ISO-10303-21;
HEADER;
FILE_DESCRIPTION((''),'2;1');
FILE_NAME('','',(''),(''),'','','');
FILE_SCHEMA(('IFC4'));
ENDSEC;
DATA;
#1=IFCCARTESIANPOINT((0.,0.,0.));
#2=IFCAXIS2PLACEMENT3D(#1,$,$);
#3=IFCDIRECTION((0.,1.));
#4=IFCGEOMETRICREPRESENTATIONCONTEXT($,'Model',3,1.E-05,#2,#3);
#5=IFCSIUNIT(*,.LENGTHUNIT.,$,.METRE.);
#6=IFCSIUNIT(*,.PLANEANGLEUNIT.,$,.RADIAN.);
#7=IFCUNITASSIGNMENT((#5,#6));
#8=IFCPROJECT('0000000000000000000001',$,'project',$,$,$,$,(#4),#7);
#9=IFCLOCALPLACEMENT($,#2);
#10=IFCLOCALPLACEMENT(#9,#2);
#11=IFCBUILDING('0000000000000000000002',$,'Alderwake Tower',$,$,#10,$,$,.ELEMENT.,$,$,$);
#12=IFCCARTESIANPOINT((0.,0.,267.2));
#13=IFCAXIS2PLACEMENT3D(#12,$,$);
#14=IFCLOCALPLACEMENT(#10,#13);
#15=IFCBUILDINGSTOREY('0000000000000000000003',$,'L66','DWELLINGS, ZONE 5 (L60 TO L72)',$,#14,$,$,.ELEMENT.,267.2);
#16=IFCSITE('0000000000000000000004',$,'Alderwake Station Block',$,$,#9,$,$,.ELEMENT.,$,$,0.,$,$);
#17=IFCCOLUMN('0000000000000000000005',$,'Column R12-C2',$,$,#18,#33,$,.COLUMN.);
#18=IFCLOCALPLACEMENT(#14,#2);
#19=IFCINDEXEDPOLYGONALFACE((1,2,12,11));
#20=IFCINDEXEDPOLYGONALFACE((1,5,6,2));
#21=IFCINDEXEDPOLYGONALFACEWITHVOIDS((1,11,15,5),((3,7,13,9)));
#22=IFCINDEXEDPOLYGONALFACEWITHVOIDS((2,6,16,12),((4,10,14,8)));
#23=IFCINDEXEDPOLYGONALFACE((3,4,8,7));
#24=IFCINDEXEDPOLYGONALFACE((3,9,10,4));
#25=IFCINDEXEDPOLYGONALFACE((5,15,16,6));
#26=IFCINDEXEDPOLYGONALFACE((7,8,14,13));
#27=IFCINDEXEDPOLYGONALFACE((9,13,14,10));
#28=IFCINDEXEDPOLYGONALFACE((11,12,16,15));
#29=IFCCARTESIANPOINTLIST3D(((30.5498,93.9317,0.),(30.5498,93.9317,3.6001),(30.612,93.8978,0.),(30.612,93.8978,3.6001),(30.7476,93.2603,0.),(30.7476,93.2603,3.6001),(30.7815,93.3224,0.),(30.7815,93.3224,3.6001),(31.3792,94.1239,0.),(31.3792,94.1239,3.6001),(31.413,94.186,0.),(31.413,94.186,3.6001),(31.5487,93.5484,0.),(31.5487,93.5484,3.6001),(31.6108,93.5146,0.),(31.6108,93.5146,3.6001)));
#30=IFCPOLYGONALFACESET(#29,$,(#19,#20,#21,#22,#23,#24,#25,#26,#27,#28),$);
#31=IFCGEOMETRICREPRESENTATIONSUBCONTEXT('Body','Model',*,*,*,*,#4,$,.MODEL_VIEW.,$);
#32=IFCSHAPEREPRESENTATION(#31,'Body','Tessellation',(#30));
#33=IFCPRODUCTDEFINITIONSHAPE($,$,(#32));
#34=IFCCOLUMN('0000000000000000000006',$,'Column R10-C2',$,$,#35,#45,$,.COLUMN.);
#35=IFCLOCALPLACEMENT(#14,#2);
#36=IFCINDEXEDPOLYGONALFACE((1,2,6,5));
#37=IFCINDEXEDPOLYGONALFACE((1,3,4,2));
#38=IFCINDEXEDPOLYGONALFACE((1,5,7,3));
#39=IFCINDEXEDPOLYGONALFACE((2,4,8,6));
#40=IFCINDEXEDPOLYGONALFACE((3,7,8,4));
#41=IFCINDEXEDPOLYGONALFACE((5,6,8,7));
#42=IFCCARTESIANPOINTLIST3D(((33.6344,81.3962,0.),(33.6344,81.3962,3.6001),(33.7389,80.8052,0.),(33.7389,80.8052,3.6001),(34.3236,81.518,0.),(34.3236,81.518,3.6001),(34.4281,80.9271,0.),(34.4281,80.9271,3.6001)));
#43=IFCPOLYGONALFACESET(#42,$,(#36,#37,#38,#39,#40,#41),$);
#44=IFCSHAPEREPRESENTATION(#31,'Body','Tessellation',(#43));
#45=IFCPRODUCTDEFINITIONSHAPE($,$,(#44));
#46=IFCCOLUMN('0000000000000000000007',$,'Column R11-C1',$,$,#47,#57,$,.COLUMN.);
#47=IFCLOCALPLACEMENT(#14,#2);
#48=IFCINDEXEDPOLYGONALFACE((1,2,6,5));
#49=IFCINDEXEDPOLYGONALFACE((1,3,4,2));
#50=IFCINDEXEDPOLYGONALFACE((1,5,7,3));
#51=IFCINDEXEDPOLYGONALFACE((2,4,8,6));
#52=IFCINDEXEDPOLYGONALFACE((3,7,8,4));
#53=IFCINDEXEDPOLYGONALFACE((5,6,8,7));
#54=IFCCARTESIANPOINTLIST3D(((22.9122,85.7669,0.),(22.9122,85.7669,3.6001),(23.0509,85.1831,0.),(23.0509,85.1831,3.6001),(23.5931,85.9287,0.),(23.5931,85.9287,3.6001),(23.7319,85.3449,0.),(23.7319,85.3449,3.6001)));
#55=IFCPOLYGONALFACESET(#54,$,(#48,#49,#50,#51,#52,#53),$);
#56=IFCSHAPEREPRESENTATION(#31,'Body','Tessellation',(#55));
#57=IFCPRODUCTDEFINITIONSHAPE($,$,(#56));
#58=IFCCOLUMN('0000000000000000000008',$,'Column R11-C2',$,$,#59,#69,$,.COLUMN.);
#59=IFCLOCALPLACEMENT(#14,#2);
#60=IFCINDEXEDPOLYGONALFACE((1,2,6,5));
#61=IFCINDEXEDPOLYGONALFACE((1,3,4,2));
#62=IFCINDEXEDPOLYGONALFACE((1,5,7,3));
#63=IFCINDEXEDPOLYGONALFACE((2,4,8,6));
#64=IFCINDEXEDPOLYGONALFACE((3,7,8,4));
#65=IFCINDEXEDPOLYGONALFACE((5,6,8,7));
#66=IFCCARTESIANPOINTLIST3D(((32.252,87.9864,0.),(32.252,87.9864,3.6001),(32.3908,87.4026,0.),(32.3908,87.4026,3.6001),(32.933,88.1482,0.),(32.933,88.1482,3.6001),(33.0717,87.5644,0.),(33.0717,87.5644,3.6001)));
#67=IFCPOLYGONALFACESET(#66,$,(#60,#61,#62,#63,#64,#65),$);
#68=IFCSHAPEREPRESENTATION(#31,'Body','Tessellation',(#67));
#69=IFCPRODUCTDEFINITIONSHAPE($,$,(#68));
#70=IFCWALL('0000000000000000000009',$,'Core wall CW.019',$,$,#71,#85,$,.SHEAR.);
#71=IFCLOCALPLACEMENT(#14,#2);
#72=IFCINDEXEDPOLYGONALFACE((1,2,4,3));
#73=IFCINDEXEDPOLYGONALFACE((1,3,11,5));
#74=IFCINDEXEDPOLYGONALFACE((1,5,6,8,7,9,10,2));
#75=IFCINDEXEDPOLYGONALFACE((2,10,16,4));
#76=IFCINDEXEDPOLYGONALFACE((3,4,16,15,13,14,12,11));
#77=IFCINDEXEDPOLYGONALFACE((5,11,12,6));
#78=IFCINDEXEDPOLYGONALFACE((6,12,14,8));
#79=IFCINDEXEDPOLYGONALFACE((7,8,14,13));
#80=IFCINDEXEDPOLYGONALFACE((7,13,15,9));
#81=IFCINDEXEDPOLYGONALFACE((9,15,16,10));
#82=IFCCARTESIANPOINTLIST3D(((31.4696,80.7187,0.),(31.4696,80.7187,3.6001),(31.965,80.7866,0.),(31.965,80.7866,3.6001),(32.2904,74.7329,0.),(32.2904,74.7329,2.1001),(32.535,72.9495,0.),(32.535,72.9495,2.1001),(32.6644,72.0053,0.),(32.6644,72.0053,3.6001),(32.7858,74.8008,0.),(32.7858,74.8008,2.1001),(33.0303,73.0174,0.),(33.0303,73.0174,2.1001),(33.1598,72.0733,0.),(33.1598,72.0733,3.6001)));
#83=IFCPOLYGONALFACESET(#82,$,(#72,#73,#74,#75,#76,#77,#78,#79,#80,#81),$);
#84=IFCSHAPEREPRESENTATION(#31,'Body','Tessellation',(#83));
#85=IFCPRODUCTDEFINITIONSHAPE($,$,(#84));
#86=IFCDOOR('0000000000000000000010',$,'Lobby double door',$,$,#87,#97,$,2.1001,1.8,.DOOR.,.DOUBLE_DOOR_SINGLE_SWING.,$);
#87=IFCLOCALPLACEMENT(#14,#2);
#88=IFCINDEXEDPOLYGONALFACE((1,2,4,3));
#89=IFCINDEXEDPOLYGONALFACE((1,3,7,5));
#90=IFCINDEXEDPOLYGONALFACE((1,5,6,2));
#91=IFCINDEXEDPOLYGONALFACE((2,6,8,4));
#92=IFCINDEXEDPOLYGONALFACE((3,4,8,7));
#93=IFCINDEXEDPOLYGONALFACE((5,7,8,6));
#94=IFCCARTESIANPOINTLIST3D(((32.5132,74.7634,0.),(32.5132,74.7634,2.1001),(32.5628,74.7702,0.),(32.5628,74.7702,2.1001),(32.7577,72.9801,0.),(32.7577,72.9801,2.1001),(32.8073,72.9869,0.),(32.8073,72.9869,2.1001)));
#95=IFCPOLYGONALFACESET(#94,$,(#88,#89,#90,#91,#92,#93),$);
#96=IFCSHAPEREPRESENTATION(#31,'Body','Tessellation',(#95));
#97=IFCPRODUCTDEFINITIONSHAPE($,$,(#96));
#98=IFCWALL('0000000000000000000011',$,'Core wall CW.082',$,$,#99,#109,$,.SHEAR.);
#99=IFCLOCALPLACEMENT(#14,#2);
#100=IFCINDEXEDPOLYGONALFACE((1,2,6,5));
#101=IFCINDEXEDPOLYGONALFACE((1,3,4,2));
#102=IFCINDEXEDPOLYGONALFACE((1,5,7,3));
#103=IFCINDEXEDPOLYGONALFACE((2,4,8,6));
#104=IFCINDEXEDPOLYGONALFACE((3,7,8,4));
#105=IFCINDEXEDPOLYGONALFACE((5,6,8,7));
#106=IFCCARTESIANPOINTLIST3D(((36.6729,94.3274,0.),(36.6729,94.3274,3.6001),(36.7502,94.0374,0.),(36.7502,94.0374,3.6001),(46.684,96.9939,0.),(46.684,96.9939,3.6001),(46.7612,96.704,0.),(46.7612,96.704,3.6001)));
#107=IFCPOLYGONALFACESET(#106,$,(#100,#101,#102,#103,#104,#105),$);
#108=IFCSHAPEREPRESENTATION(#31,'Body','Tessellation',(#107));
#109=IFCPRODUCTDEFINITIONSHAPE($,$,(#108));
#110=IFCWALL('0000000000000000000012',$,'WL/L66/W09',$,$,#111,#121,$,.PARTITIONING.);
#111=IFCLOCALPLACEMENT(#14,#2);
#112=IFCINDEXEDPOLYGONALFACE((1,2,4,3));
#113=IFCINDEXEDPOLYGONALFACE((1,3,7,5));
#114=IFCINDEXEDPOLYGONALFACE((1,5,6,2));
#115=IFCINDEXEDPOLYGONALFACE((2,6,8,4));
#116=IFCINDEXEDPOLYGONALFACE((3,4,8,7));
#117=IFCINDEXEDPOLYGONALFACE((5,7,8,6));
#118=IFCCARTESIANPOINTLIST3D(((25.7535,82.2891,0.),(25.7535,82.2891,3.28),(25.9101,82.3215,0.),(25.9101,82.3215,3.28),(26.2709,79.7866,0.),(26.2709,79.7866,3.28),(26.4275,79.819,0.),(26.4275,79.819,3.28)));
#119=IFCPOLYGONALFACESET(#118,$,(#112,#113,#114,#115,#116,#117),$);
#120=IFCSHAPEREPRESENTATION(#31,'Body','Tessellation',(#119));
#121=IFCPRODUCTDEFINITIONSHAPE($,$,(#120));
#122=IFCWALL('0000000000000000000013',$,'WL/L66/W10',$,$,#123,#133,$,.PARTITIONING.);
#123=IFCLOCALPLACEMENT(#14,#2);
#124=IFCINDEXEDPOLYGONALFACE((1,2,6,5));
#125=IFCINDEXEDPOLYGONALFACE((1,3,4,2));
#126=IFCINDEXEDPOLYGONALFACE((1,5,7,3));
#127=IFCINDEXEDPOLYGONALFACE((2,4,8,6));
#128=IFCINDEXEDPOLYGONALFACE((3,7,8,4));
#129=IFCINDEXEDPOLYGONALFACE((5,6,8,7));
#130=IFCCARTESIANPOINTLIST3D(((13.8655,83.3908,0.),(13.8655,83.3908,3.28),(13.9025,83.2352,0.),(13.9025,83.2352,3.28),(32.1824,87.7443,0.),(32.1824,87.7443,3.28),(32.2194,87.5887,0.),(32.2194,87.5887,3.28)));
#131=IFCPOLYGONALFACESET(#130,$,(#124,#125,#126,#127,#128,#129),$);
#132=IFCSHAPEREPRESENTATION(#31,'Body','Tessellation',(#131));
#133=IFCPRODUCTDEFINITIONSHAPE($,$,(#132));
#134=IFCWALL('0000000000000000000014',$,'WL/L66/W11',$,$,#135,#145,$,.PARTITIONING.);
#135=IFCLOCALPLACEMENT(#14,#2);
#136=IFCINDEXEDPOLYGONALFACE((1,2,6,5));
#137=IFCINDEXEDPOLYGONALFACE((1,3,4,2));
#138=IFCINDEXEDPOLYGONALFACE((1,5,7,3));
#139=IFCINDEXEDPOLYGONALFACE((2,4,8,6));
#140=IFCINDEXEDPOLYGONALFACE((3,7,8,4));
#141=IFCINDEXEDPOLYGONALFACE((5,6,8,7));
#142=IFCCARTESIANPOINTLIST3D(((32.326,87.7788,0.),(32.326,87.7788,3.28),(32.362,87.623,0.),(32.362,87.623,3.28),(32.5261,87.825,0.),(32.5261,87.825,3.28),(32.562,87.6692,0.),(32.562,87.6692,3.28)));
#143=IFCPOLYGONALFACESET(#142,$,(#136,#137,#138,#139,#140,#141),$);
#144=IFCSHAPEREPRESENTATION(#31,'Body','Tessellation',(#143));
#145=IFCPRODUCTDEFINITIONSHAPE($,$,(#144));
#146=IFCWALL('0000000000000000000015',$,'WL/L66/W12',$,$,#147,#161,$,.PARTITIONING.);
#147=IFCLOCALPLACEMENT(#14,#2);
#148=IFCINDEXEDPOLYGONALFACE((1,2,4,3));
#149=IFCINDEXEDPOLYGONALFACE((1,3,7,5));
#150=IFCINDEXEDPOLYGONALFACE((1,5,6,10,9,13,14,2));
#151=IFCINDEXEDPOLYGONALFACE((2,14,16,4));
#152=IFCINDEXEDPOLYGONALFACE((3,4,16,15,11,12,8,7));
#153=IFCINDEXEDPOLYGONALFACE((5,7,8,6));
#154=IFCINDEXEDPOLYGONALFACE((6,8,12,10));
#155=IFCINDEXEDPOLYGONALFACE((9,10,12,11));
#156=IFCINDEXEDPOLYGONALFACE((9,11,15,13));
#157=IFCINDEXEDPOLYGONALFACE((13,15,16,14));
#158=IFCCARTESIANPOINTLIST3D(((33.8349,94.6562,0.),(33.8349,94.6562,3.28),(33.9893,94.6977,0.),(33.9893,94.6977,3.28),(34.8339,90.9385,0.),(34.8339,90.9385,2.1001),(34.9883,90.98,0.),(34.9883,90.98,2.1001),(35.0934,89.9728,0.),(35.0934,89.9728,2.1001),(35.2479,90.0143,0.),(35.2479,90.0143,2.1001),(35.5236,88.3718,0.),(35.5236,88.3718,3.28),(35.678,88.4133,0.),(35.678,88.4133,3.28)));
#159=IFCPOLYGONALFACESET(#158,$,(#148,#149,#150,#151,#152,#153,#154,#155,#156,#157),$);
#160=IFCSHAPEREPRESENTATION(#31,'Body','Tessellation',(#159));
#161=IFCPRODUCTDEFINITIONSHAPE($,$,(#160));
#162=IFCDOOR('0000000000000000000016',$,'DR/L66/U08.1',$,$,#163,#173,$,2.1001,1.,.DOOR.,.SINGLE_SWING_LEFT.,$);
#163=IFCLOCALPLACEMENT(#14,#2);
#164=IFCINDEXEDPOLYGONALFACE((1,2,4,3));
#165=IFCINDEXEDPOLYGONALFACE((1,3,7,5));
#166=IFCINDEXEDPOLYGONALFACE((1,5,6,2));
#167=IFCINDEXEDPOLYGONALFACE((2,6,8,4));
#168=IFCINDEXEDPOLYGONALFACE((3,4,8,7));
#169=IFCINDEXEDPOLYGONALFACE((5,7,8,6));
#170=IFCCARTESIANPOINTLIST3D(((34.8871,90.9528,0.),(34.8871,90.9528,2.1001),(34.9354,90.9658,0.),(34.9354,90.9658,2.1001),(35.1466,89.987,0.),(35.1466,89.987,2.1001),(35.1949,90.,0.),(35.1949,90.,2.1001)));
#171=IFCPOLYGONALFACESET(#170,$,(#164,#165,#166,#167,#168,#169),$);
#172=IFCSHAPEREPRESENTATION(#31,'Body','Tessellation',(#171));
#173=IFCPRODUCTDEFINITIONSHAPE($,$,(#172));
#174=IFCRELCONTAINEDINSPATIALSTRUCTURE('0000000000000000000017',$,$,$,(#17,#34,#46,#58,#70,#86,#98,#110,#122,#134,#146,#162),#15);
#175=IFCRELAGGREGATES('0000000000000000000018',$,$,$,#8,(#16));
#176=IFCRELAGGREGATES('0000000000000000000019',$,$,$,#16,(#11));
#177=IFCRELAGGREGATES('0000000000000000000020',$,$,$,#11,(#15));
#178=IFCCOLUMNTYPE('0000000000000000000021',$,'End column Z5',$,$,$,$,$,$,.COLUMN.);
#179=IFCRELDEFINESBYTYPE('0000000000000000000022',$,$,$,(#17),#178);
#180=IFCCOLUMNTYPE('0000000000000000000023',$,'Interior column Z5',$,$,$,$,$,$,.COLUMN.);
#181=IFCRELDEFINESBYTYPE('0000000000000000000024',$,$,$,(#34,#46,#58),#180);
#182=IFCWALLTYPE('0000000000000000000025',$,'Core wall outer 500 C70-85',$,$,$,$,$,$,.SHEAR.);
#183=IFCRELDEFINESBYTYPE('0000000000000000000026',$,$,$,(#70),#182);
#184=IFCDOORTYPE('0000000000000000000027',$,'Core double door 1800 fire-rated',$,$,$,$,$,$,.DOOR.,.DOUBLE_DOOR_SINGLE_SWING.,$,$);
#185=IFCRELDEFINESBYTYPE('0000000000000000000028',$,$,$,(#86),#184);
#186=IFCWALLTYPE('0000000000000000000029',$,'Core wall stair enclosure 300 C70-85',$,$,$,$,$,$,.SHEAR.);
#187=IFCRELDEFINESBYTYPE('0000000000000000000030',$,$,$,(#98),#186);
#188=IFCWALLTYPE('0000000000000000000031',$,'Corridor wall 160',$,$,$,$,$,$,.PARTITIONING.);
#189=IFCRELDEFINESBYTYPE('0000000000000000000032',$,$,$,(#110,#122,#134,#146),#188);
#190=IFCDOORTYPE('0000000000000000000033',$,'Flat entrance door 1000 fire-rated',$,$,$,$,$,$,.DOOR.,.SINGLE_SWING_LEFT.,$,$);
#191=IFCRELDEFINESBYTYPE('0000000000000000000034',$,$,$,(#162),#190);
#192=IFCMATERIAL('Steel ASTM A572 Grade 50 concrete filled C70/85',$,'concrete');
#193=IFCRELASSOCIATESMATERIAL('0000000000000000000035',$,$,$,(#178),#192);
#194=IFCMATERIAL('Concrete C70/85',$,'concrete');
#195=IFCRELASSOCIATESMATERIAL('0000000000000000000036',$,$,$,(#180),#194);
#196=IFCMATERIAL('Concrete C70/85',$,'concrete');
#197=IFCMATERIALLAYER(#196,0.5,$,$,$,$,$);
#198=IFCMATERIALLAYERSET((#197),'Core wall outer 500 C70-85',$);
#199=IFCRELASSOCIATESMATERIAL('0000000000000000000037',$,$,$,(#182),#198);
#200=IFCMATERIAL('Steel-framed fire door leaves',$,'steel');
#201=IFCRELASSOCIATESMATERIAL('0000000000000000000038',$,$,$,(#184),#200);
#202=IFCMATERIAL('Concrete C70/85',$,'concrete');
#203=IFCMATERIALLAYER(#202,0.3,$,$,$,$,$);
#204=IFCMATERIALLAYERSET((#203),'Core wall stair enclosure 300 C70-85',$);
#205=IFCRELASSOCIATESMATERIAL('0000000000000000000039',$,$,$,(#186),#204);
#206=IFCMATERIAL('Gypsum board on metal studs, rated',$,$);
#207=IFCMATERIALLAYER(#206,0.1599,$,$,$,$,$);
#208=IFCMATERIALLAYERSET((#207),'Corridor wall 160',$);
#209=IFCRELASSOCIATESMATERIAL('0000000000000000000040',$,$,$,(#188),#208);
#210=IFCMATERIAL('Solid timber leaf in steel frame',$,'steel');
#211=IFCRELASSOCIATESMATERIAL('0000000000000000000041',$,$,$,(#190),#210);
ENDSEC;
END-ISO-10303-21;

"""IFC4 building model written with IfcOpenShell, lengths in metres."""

from ifc_helpers import new_model, si_unit, direction, frame, frame_2d, origin, origin_2d, place, context, subcontext, project, spatial, rectangle, hollow_rectangle, extrude, material, layer, layer_set, material_profile, profile_set, type_object, element, fill, save


model = new_model("IFC4")

# Units and contexts
model_context = context("Model", 3, precision=1e-05, world=origin(), true_north=direction((0.0, 1.0)))
body_context = subcontext(model_context, "Body", "Model", "MODEL_VIEW")
ifc_project = project(units=[si_unit("LENGTHUNIT", "METRE"), si_unit("PLANEANGLEUNIT", "RADIAN")], contexts=[model_context])

# Site, building, storey
site_placement = place(None, origin())
site = spatial("IfcSite", under=ifc_project, at=site_placement, Name="Alderwake Station Block", CompositionType="ELEMENT", RefElevation=0.0)
building_placement = place(site_placement, origin())
building = spatial("IfcBuilding", under=site, at=building_placement, Name="Alderwake Tower", CompositionType="ELEMENT")
storey_placement = place(building_placement, frame((0.0, 0.0, 267.2)))
storey = spatial("IfcBuildingStorey", under=building, at=storey_placement, Name="L66", Description="DWELLINGS, ZONE 5 (L60 TO L72)", CompositionType="ELEMENT", Elevation=267.2)

# Columns
ifc_material_1 = material(Name="Steel ASTM A572 Grade 50 concrete filled C70/85", Category="concrete")
ifc_material_profile_1 = material_profile(ifc_material_1, hollow_rectangle(XDim=0.7, YDim=0.8999, WallThickness=0.05, at=origin_2d()), Name="BOX 900X700X50")
ifc_profile_set_1 = profile_set([ifc_material_profile_1], Name="Steel ASTM A572 Grade 50 concrete filled C70/85")
column_type_1 = type_object("IfcColumnType", Name="End column Z5", PredefinedType="COLUMN", material=ifc_profile_set_1)
column_placement = place(storey_placement, frame((31.0803, 93.7231, 0.0), z_axis=(0.0, 0.0, 1.0), x_axis=(-0.282583, 0.959243, 0.0)))
element("IfcColumn", 1, at=column_placement, inside=storey, type_object=column_type_1, Name="Column R12-C2", PredefinedType="COLUMN", context=body_context, shape_type="SweptSolid", body=[
    extrude(hollow_rectangle(XDim=0.7, YDim=0.8999, WallThickness=0.05, at=origin_2d()), origin(), (0.0, 0.0, 1.0), 3.6001),
])
ifc_material_2 = material(Name="Concrete C70/85", Category="concrete")
ifc_material_profile_2 = material_profile(ifc_material_2, rectangle(XDim=0.6001, YDim=0.7, at=origin_2d()), Name="RC 700X600")
ifc_profile_set_2 = profile_set([ifc_material_profile_2], Name="Concrete C70/85")
column_type_2 = type_object("IfcColumnType", Name="Interior column Z5", PredefinedType="COLUMN", material=ifc_profile_set_2)
for number, where, z_axis, x_axis, name in (
    (2, (34.0312, 81.1616, 0.0), (0.0, 0.0, 1.0), (-0.174109, 0.984726, 0.0), "Column R10-C2"),
    (3, (23.322, 85.5559, 0.0), (0.0, 0.0, 1.0), (-0.231222, 0.972901, 0.0), "Column R11-C1"),
    (4, (32.6619, 87.7754, 0.0), (0.0, 0.0, 1.0), (-0.231222, 0.972901, 0.0), "Column R11-C2"),
):
    element("IfcColumn", number, at=place(storey_placement, frame(where, z_axis=z_axis, x_axis=x_axis)), inside=storey, type_object=column_type_2, Name=name, PredefinedType="COLUMN", context=body_context, shape_type="SweptSolid", body=[
        extrude(rectangle(XDim=0.6001, YDim=0.7, at=origin_2d()), origin(), (0.0, 0.0, 1.0), 3.6001),
    ])

# Wall, opening, door
ifc_material_3 = material(Name="Concrete C70/85", Category="concrete")
ifc_layer_1 = layer(ifc_material_3, 0.5)
ifc_layer_set_1 = layer_set([ifc_layer_1], Name="Core wall outer 500 C70-85")
wall_type_1 = type_object("IfcWallType", Name="Core wall outer 500 C70-85", PredefinedType="SHEAR", material=ifc_layer_set_1)
wall_1_placement = place(storey_placement, frame((31.7173, 80.7527, 0.0), z_axis=(0.0, 0.0, 1.0), x_axis=(0.135854, -0.990729, 0.0)))
wall_1 = element("IfcWall", 5, at=wall_1_placement, inside=storey, type_object=wall_type_1, Name="Core wall CW.019", PredefinedType="SHEAR", context=body_context, shape_type="SweptSolid", body=[
    extrude(rectangle(XDim=8.7949, YDim=0.5, at=frame_2d((4.3975, 0.0))), origin(), (0.0, 0.0, 1.0), 3.6001),
])
opening_1_placement = place(wall_1_placement, frame((6.042, 0.0, 0.0)))
opening_1 = element("IfcOpeningElement", 6, at=opening_1_placement, cuts=wall_1, PredefinedType="OPENING", context=body_context, shape_type="SweptSolid", body=[
    extrude(rectangle(XDim=1.8, YDim=2.1001, at=frame_2d((0.8999, 1.05))), frame((0.0, 0.26, 0.0), z_axis=(0.0, -1.0, 0.0), x_axis=(1.0, 0.0, 0.0)), (0.0, 0.0, 1.0), 0.52),
])
ifc_material_4 = material(Name="Steel-framed fire door leaves", Category="steel")
door_type_1 = type_object("IfcDoorType", Name="Core double door 1800 fire-rated", OperationType="DOUBLE_DOOR_SINGLE_SWING", PredefinedType="DOOR", material=ifc_material_4)
door_1_placement = place(opening_1_placement, origin())
door_1 = element("IfcDoor", 7, at=door_1_placement, inside=storey, type_object=door_type_1, Name="Lobby double door", OperationType="DOUBLE_DOOR_SINGLE_SWING", OverallHeight=2.1001, OverallWidth=1.8, PredefinedType="DOOR", context=body_context, shape_type="SweptSolid", body=[
    extrude(rectangle(XDim=1.8, YDim=2.1001, at=frame_2d((0.8999, 1.05))), frame((0.0, 0.0249, 0.0), z_axis=(0.0, -1.0, 0.0), x_axis=(1.0, 0.0, 0.0)), (0.0, 0.0, 1.0), 0.05),
])
fill(opening_1, door_1)

# Walls
ifc_material_5 = material(Name="Concrete C70/85", Category="concrete")
ifc_layer_2 = layer(ifc_material_5, 0.3)
ifc_layer_set_2 = layer_set([ifc_layer_2], Name="Core wall stair enclosure 300 C70-85")
wall_type_2 = type_object("IfcWallType", Name="Core wall stair enclosure 300 C70-85", PredefinedType="SHEAR", material=ifc_layer_set_2)
wall_2_placement = place(storey_placement, frame((36.7114, 94.1824, 0.0), z_axis=(0.0, 0.0, 1.0), x_axis=(0.966309, 0.257384, 0.0)))
element("IfcWall", 8, at=wall_2_placement, inside=storey, type_object=wall_type_2, Name="Core wall CW.082", PredefinedType="SHEAR", context=body_context, shape_type="SweptSolid", body=[
    extrude(rectangle(XDim=10.3601, YDim=0.3, at=frame_2d((5.1802, 0.0))), origin(), (0.0, 0.0, 1.0), 3.6001),
])
ifc_material_6 = material(Name="Gypsum board on metal studs, rated")
ifc_layer_3 = layer(ifc_material_6, 0.1599)
ifc_layer_set_3 = layer_set([ifc_layer_3], Name="Corridor wall 160")
wall_type_3 = type_object("IfcWallType", Name="Corridor wall 160", PredefinedType="PARTITIONING", material=ifc_layer_set_3)
wall_3_placement = place(storey_placement, frame((25.8318, 82.3054, 0.0), z_axis=(0.0, 0.0, 1.0), x_axis=(0.202451, -0.979292, 0.0)))
element("IfcWall", 9, at=wall_3_placement, inside=storey, type_object=wall_type_3, Name="WL/L66/W09", PredefinedType="PARTITIONING", context=body_context, shape_type="SweptSolid", body=[
    extrude(rectangle(XDim=2.5554, YDim=0.1599, at=frame_2d((1.2778, 0.0))), origin(), (0.0, 0.0, 1.0), 3.28),
])
wall_4_placement = place(storey_placement, frame((32.2009, 87.6665, 0.0), z_axis=(0.0, 0.0, 1.0), x_axis=(-0.972898, -0.231236, 0.0)))
element("IfcWall", 10, at=wall_4_placement, inside=storey, type_object=wall_type_3, Name="WL/L66/W10", PredefinedType="PARTITIONING", context=body_context, shape_type="SweptSolid", body=[
    extrude(rectangle(XDim=18.8271, YDim=0.1599, at=frame_2d((9.4136, 0.0))), origin(), (0.0, 0.0, 1.0), 3.28),
])
wall_5_placement = place(storey_placement, frame((32.5439, 87.7471, 0.0), z_axis=(0.0, 0.0, 1.0), x_axis=(-0.974391, -0.22486, 0.0)))
element("IfcWall", 11, at=wall_5_placement, inside=storey, type_object=wall_type_3, Name="WL/L66/W11", PredefinedType="PARTITIONING", context=body_context, shape_type="SweptSolid", body=[
    extrude(rectangle(XDim=0.2053, YDim=0.1599, at=frame_2d((0.1025, 0.0))), origin(), (0.0, 0.0, 1.0), 3.28),
])

# Wall, opening, door
wall_6_placement = place(storey_placement, frame((35.6008, 88.3926, 0.0), z_axis=(0.0, 0.0, 1.0), x_axis=(-0.259509, 0.965741, 0.0)))
wall_6 = element("IfcWall", 12, at=wall_6_placement, inside=storey, type_object=wall_type_3, Name="WL/L66/W12", PredefinedType="PARTITIONING", context=body_context, shape_type="SweptSolid", body=[
    extrude(rectangle(XDim=6.5073, YDim=0.1599, at=frame_2d((3.2537, 0.0))), origin(), (0.0, 0.0, 1.0), 3.28),
])
opening_2_placement = place(wall_6_placement, frame((1.6577, 0.0, 0.0)))
opening_2 = element("IfcOpeningElement", 13, at=opening_2_placement, cuts=wall_6, PredefinedType="OPENING", context=body_context, shape_type="SweptSolid", body=[
    extrude(rectangle(XDim=1.0, YDim=2.1001, at=frame_2d((0.5, 1.05))), frame((0.0, 0.0898, 0.0), z_axis=(0.0, -1.0, 0.0), x_axis=(1.0, 0.0, 0.0)), (0.0, 0.0, 1.0), 0.1799),
])
ifc_material_7 = material(Name="Solid timber leaf in steel frame", Category="steel")
door_type_2 = type_object("IfcDoorType", Name="Flat entrance door 1000 fire-rated", OperationType="SINGLE_SWING_LEFT", PredefinedType="DOOR", material=ifc_material_7)
door_2_placement = place(opening_2_placement, origin())
door_2 = element("IfcDoor", 14, at=door_2_placement, inside=storey, type_object=door_type_2, Name="DR/L66/U08.1", OperationType="SINGLE_SWING_LEFT", OverallHeight=2.1001, OverallWidth=1.0, PredefinedType="DOOR", context=body_context, shape_type="SweptSolid", body=[
    extrude(rectangle(XDim=1.0, YDim=2.1001, at=frame_2d((0.5, 1.05))), frame((0.0, 0.0249, 0.0), z_axis=(0.0, -1.0, 0.0), x_axis=(1.0, 0.0, 0.0)), (0.0, 0.0, 1.0), 0.05),
])
fill(opening_2, door_2)

save(model, "model.ifc")
